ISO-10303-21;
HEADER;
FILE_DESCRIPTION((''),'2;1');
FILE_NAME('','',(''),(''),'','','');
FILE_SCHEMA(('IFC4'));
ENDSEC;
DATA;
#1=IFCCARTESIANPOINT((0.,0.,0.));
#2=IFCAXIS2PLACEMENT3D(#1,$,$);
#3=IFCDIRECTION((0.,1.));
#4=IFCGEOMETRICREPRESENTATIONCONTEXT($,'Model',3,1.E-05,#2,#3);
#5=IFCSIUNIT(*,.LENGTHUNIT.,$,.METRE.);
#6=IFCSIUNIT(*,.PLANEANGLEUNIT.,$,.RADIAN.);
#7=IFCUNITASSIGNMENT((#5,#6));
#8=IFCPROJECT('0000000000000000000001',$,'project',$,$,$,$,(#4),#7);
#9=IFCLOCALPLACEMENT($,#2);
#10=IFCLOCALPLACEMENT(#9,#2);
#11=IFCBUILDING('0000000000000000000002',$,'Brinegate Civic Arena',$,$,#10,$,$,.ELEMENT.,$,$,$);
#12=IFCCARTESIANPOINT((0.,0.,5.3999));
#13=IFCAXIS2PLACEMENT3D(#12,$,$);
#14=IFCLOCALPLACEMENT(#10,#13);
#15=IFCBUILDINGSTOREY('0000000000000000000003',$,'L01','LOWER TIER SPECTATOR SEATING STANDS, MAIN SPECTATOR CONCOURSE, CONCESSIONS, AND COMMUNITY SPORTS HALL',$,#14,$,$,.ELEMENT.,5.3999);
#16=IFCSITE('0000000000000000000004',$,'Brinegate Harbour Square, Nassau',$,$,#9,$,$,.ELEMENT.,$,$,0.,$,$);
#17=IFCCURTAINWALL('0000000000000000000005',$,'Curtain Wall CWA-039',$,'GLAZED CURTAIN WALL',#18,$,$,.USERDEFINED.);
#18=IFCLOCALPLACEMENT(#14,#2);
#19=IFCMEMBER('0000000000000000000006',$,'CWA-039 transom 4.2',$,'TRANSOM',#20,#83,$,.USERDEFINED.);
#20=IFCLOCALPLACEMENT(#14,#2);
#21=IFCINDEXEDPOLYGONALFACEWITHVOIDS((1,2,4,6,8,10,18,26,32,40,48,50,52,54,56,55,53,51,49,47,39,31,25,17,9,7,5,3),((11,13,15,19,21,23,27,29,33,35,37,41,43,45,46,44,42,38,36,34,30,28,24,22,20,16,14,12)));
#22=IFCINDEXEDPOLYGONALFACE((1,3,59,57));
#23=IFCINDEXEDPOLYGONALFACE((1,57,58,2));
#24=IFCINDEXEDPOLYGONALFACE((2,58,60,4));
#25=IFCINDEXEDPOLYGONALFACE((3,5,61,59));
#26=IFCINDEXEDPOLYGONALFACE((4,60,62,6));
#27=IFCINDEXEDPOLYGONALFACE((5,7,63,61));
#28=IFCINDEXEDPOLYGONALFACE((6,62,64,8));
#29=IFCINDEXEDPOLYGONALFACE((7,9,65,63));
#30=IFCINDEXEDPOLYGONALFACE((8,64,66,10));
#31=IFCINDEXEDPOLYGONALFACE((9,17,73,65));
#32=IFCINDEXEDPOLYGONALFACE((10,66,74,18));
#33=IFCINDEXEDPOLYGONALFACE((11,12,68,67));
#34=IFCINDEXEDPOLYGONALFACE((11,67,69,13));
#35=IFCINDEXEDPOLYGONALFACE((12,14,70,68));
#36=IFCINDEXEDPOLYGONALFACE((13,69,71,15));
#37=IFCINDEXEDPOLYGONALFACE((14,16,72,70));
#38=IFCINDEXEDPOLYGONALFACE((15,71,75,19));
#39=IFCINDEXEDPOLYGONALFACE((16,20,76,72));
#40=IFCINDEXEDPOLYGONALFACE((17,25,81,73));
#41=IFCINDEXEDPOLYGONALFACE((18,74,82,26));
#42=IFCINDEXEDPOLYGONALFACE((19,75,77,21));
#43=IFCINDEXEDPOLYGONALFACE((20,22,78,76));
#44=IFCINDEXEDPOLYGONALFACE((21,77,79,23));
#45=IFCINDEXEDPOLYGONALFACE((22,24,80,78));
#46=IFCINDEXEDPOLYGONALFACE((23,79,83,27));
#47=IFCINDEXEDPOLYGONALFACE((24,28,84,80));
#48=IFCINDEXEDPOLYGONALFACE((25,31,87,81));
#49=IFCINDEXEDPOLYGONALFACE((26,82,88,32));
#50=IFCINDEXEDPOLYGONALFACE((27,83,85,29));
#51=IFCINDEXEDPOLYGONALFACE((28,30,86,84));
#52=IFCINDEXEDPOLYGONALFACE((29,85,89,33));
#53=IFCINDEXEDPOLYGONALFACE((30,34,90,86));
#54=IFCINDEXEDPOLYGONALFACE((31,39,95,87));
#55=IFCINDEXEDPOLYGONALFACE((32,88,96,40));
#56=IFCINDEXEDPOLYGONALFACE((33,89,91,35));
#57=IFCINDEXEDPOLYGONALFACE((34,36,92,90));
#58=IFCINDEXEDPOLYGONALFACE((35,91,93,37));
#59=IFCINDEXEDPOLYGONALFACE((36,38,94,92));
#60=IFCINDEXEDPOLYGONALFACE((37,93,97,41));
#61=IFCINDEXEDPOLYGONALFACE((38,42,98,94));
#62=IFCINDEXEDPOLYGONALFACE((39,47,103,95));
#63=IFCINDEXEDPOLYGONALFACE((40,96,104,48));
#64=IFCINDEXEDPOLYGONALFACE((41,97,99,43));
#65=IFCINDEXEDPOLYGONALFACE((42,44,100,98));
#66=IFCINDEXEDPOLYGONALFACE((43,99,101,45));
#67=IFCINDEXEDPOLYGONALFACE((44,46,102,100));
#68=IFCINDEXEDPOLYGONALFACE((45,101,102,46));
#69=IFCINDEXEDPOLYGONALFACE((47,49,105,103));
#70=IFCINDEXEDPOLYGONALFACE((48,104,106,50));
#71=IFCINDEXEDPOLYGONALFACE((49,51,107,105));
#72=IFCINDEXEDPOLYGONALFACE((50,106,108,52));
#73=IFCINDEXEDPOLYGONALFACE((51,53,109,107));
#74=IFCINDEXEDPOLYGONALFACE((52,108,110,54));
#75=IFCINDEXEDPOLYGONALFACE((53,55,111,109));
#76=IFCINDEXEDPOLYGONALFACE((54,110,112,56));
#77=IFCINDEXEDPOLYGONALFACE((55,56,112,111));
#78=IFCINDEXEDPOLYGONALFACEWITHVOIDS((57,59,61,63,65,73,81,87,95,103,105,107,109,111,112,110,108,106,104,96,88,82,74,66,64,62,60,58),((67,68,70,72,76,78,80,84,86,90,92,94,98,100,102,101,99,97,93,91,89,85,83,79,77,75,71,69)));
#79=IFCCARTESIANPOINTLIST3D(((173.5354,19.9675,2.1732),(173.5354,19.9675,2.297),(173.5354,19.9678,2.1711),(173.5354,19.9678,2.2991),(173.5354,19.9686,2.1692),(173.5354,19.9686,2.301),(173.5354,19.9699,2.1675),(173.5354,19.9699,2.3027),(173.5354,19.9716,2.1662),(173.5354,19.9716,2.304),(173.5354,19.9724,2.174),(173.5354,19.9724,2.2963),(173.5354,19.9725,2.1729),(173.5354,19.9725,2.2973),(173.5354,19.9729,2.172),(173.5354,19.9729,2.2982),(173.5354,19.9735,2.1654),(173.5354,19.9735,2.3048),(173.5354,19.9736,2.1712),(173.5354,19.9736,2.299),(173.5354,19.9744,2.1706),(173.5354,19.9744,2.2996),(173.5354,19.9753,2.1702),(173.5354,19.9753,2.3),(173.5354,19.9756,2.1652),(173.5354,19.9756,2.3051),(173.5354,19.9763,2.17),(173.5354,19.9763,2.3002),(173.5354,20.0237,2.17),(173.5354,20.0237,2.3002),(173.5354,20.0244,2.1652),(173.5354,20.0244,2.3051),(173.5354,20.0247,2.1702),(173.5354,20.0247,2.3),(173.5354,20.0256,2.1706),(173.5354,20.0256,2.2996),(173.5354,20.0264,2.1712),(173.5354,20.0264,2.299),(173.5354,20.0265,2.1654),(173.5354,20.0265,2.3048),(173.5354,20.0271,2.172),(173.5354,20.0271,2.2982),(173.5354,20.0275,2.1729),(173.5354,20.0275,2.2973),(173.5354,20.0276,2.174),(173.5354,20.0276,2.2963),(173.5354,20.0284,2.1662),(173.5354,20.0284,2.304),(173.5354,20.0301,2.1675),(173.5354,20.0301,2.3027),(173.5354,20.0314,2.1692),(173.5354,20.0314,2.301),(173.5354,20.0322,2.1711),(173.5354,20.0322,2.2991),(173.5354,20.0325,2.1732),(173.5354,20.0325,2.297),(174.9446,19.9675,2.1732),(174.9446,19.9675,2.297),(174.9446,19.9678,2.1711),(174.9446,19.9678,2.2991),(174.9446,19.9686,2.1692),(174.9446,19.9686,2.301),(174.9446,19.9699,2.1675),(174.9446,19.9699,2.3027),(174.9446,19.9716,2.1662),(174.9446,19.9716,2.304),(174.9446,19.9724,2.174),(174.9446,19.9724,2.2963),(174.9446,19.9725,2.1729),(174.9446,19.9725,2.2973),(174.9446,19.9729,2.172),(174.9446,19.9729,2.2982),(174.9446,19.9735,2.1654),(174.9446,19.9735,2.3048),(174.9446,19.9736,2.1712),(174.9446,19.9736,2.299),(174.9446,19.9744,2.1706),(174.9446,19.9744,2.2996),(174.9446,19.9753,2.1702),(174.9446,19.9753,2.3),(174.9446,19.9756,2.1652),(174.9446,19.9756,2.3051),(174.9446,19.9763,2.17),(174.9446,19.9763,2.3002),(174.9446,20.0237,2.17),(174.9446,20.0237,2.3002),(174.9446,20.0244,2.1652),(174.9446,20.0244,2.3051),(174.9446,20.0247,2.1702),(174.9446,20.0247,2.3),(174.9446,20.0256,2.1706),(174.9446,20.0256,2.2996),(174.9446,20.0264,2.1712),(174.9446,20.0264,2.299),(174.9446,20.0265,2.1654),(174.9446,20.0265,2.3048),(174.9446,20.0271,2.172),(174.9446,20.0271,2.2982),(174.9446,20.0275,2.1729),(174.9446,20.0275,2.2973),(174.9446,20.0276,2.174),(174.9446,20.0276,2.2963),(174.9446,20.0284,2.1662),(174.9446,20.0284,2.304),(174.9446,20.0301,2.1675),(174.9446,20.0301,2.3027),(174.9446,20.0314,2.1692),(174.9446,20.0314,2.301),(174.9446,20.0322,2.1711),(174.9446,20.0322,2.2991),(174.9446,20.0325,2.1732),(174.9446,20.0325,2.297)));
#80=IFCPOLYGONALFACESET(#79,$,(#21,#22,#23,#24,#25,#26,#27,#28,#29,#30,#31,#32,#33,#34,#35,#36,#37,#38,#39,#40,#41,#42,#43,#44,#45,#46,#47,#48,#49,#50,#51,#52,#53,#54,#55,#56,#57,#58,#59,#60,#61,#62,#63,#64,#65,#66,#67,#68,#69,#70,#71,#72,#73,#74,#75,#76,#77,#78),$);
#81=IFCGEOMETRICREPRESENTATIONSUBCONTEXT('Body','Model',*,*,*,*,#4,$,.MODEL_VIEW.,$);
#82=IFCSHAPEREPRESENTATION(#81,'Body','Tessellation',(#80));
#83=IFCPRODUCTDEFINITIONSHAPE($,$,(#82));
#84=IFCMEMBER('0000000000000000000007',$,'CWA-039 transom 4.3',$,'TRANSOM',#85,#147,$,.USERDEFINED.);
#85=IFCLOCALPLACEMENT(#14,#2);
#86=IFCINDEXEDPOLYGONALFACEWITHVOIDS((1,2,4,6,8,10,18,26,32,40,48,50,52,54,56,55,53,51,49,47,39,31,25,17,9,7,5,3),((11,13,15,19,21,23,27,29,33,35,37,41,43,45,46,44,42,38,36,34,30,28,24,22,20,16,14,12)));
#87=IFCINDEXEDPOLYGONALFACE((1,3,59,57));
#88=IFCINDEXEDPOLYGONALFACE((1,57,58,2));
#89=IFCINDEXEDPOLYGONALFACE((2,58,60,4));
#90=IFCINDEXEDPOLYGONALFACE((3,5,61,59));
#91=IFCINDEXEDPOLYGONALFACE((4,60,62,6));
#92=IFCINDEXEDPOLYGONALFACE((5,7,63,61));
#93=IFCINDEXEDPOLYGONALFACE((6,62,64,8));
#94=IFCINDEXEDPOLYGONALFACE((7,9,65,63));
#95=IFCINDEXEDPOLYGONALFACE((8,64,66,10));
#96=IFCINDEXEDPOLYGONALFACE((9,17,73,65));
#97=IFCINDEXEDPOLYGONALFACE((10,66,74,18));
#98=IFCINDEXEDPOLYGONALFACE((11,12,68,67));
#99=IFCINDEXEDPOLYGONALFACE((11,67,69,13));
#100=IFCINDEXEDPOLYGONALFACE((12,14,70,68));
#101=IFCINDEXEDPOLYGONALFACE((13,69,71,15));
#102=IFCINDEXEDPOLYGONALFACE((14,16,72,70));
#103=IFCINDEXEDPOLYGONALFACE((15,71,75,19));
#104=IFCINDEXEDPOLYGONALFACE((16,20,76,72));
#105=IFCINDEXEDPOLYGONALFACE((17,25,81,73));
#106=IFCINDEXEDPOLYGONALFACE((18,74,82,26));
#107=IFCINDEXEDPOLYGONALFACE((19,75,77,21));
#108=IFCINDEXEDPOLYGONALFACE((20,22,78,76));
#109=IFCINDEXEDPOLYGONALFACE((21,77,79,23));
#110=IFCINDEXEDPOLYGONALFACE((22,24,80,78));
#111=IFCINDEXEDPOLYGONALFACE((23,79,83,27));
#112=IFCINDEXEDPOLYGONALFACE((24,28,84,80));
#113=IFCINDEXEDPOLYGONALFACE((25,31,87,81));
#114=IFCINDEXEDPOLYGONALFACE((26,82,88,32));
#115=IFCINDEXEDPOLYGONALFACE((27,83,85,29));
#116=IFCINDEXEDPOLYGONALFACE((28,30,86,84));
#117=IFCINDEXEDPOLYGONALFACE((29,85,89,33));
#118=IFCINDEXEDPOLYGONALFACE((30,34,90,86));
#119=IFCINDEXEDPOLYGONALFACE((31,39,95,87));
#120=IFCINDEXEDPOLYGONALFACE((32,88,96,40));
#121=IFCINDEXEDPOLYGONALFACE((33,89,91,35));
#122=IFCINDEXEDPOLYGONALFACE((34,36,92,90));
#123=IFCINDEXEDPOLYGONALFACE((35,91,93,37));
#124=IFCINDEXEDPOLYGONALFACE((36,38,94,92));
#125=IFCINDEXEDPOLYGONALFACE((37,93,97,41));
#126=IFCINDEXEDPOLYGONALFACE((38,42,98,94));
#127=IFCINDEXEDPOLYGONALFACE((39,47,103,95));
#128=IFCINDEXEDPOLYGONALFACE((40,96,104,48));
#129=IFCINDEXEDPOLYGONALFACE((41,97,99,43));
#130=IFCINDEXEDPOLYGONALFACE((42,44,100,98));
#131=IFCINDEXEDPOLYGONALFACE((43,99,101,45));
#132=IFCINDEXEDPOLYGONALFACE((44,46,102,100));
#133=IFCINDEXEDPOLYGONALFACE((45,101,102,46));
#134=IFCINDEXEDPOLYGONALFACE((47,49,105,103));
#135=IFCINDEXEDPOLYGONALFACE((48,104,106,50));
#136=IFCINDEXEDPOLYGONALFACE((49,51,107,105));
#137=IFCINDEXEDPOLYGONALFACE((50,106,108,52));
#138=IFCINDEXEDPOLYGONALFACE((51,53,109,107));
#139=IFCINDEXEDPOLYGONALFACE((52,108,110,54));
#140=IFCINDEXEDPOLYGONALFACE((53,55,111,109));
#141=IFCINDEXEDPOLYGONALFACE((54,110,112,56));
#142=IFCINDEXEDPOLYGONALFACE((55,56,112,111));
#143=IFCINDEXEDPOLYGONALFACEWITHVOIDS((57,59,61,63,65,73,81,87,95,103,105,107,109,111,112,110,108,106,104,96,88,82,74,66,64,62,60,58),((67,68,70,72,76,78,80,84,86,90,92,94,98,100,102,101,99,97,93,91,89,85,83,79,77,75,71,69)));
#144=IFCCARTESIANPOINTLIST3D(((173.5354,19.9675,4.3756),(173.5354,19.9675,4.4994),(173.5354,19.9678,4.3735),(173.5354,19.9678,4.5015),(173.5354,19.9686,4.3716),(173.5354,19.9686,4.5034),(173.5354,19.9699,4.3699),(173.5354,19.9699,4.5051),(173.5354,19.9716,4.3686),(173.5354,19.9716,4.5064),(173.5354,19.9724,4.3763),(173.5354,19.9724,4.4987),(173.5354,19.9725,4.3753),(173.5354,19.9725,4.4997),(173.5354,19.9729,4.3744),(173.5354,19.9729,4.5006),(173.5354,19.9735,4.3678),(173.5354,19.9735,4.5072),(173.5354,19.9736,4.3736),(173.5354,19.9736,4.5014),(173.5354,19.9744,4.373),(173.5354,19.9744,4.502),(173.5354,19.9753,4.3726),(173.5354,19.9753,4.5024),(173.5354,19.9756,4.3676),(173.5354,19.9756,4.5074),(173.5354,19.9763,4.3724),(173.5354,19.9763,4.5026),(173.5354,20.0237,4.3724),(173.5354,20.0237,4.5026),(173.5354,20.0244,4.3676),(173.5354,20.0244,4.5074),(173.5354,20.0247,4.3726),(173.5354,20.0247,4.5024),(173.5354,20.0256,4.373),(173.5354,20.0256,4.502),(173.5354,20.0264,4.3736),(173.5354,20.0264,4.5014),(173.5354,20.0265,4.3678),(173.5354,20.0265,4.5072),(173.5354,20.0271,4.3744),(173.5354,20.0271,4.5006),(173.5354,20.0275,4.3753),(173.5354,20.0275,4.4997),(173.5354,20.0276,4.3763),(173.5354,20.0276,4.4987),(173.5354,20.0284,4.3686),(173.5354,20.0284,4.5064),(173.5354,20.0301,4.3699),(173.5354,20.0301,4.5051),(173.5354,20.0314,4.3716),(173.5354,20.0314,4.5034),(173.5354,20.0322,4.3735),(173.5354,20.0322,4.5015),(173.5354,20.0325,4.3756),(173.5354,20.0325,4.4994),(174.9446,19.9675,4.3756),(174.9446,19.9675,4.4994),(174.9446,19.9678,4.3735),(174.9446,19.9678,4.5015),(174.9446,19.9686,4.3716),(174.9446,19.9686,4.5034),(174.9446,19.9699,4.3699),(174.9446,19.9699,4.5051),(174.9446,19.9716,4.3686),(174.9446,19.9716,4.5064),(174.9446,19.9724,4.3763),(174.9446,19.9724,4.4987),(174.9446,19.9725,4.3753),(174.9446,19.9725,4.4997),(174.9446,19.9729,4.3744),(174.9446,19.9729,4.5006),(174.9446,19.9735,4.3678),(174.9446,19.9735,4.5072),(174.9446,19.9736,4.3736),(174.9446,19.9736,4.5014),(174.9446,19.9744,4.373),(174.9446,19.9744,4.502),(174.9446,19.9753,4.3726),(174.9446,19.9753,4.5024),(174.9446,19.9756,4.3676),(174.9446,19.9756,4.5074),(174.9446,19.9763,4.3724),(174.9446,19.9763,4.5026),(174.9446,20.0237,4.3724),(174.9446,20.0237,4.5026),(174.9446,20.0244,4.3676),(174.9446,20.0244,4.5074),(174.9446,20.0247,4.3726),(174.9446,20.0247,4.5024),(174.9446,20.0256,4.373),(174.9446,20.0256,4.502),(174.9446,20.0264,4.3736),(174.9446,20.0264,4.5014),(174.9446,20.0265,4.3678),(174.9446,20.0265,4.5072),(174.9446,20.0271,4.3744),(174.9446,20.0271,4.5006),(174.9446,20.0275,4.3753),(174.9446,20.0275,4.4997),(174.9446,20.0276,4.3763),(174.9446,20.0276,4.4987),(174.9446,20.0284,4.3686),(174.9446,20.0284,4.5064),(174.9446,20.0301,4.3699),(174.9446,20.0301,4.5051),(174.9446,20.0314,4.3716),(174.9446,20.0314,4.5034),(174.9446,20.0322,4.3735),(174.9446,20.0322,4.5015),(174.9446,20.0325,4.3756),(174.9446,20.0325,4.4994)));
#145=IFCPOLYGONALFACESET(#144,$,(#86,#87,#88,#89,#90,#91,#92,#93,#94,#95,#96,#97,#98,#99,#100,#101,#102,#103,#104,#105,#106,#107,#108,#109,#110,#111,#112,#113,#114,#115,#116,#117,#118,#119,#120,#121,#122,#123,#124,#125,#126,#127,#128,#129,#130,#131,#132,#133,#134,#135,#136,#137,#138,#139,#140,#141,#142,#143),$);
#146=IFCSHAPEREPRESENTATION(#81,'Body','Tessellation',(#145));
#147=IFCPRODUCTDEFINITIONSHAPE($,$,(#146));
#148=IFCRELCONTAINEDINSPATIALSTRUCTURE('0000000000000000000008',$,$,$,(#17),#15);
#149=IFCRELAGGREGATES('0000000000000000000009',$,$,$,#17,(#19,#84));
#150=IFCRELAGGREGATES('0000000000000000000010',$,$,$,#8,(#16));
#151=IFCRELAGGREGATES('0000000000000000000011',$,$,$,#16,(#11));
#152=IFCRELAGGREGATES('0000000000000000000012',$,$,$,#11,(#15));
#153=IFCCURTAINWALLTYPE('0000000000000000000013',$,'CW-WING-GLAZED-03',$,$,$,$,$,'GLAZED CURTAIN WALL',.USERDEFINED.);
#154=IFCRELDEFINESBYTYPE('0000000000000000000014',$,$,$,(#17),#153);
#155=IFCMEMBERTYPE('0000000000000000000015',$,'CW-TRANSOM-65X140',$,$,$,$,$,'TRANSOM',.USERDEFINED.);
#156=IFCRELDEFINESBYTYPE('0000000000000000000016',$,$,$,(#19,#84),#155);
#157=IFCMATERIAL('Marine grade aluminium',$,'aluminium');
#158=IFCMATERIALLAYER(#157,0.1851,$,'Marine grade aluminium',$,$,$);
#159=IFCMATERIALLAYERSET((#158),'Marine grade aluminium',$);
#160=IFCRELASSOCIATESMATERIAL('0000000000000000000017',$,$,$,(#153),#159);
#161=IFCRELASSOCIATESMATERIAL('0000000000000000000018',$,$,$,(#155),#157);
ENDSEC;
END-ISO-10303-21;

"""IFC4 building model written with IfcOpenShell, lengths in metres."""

from ifc_helpers import new_model, si_unit, direction, frame, origin, origin_2d, place, context, subcontext, project, spatial, hollow_rectangle, extrude, material, layer, layer_set, material_profile, profile_set, type_object, element, aggregate, save


model = new_model("IFC4")

# Units and contexts
model_context = context("Model", 3, precision=1e-05, world=origin(), true_north=direction((0.0, 1.0)))
body_context = subcontext(model_context, "Body", "Model", "MODEL_VIEW")
ifc_project = project(units=[si_unit("LENGTHUNIT", "METRE"), si_unit("PLANEANGLEUNIT", "RADIAN")], contexts=[model_context])

# Site, building, storey
site_placement = place(None, origin())
site = spatial("IfcSite", under=ifc_project, at=site_placement, Name="Brinegate Harbour Square, Nassau", CompositionType="ELEMENT", RefElevation=0.0)
building_placement = place(site_placement, origin())
building = spatial("IfcBuilding", under=site, at=building_placement, Name="Brinegate Civic Arena", CompositionType="ELEMENT")
storey_placement = place(building_placement, frame((0.0, 0.0, 5.3999)))
storey = spatial("IfcBuildingStorey", under=building, at=storey_placement, Name="L01", Description="LOWER TIER SPECTATOR SEATING STANDS, MAIN SPECTATOR CONCOURSE, CONCESSIONS, AND COMMUNITY SPORTS HALL", CompositionType="ELEMENT", Elevation=5.3999)

# Curtain wall, members
ifc_material_1 = material(Name="Marine grade aluminium", Category="aluminium")
ifc_layer_1 = layer(ifc_material_1, 0.1851, Name="Marine grade aluminium")
ifc_layer_set_1 = layer_set([ifc_layer_1], Name="Marine grade aluminium")
curtain_wall_type = type_object("IfcCurtainWallType", Name="CW-WING-GLAZED-03", ElementType="GLAZED CURTAIN WALL", PredefinedType="USERDEFINED", material=ifc_layer_set_1)
curtain_wall_placement = place(storey_placement, origin())
curtain_wall = element("IfcCurtainWall", 1, at=curtain_wall_placement, inside=storey, type_object=curtain_wall_type, Name="Curtain Wall CWA-039", ObjectType="GLAZED CURTAIN WALL", PredefinedType="USERDEFINED")
ifc_material_profile_1 = material_profile(ifc_material_1, hollow_rectangle(XDim=0.0649, YDim=0.1399, WallThickness=0.0049, InnerFilletRadius=0.0039, OuterFilletRadius=0.0081, at=origin_2d()), Name="TRN65X140")
ifc_profile_set_1 = profile_set([ifc_material_profile_1], Name="Marine grade aluminium")
member_type_1 = type_object("IfcMemberType", Name="CW-TRANSOM-65X140", ElementType="TRANSOM", PredefinedType="USERDEFINED", material=ifc_profile_set_1)
member_1_placement = place(storey_placement, frame((173.5354, 20.0, 2.2351), z_axis=(1.0, 0.0, 0.0), x_axis=(0.0, 1.0, 0.0)))
member_1 = element("IfcMember", 2, at=member_1_placement, type_object=member_type_1, Name="CWA-039 transom 4.2", ObjectType="TRANSOM", PredefinedType="USERDEFINED", context=body_context, shape_type="SweptSolid", body=[
    extrude(hollow_rectangle(XDim=0.0649, YDim=0.1399, WallThickness=0.0049, InnerFilletRadius=0.0039, OuterFilletRadius=0.0081, at=origin_2d()), origin(), (0.0, 0.0, 1.0), 1.4092),
])
member_2_placement = place(storey_placement, frame((173.5354, 20.0, 4.4375), z_axis=(1.0, 0.0, 0.0), x_axis=(0.0, 1.0, 0.0)))
member_2 = element("IfcMember", 3, at=member_2_placement, type_object=member_type_1, Name="CWA-039 transom 4.3", ObjectType="TRANSOM", PredefinedType="USERDEFINED", context=body_context, shape_type="SweptSolid", body=[
    extrude(hollow_rectangle(XDim=0.0649, YDim=0.1399, WallThickness=0.0049, InnerFilletRadius=0.0039, OuterFilletRadius=0.0081, at=origin_2d()), origin(), (0.0, 0.0, 1.0), 1.4092),
])
aggregate(curtain_wall, [member_1, member_2])

save(model, "model.ifc")
